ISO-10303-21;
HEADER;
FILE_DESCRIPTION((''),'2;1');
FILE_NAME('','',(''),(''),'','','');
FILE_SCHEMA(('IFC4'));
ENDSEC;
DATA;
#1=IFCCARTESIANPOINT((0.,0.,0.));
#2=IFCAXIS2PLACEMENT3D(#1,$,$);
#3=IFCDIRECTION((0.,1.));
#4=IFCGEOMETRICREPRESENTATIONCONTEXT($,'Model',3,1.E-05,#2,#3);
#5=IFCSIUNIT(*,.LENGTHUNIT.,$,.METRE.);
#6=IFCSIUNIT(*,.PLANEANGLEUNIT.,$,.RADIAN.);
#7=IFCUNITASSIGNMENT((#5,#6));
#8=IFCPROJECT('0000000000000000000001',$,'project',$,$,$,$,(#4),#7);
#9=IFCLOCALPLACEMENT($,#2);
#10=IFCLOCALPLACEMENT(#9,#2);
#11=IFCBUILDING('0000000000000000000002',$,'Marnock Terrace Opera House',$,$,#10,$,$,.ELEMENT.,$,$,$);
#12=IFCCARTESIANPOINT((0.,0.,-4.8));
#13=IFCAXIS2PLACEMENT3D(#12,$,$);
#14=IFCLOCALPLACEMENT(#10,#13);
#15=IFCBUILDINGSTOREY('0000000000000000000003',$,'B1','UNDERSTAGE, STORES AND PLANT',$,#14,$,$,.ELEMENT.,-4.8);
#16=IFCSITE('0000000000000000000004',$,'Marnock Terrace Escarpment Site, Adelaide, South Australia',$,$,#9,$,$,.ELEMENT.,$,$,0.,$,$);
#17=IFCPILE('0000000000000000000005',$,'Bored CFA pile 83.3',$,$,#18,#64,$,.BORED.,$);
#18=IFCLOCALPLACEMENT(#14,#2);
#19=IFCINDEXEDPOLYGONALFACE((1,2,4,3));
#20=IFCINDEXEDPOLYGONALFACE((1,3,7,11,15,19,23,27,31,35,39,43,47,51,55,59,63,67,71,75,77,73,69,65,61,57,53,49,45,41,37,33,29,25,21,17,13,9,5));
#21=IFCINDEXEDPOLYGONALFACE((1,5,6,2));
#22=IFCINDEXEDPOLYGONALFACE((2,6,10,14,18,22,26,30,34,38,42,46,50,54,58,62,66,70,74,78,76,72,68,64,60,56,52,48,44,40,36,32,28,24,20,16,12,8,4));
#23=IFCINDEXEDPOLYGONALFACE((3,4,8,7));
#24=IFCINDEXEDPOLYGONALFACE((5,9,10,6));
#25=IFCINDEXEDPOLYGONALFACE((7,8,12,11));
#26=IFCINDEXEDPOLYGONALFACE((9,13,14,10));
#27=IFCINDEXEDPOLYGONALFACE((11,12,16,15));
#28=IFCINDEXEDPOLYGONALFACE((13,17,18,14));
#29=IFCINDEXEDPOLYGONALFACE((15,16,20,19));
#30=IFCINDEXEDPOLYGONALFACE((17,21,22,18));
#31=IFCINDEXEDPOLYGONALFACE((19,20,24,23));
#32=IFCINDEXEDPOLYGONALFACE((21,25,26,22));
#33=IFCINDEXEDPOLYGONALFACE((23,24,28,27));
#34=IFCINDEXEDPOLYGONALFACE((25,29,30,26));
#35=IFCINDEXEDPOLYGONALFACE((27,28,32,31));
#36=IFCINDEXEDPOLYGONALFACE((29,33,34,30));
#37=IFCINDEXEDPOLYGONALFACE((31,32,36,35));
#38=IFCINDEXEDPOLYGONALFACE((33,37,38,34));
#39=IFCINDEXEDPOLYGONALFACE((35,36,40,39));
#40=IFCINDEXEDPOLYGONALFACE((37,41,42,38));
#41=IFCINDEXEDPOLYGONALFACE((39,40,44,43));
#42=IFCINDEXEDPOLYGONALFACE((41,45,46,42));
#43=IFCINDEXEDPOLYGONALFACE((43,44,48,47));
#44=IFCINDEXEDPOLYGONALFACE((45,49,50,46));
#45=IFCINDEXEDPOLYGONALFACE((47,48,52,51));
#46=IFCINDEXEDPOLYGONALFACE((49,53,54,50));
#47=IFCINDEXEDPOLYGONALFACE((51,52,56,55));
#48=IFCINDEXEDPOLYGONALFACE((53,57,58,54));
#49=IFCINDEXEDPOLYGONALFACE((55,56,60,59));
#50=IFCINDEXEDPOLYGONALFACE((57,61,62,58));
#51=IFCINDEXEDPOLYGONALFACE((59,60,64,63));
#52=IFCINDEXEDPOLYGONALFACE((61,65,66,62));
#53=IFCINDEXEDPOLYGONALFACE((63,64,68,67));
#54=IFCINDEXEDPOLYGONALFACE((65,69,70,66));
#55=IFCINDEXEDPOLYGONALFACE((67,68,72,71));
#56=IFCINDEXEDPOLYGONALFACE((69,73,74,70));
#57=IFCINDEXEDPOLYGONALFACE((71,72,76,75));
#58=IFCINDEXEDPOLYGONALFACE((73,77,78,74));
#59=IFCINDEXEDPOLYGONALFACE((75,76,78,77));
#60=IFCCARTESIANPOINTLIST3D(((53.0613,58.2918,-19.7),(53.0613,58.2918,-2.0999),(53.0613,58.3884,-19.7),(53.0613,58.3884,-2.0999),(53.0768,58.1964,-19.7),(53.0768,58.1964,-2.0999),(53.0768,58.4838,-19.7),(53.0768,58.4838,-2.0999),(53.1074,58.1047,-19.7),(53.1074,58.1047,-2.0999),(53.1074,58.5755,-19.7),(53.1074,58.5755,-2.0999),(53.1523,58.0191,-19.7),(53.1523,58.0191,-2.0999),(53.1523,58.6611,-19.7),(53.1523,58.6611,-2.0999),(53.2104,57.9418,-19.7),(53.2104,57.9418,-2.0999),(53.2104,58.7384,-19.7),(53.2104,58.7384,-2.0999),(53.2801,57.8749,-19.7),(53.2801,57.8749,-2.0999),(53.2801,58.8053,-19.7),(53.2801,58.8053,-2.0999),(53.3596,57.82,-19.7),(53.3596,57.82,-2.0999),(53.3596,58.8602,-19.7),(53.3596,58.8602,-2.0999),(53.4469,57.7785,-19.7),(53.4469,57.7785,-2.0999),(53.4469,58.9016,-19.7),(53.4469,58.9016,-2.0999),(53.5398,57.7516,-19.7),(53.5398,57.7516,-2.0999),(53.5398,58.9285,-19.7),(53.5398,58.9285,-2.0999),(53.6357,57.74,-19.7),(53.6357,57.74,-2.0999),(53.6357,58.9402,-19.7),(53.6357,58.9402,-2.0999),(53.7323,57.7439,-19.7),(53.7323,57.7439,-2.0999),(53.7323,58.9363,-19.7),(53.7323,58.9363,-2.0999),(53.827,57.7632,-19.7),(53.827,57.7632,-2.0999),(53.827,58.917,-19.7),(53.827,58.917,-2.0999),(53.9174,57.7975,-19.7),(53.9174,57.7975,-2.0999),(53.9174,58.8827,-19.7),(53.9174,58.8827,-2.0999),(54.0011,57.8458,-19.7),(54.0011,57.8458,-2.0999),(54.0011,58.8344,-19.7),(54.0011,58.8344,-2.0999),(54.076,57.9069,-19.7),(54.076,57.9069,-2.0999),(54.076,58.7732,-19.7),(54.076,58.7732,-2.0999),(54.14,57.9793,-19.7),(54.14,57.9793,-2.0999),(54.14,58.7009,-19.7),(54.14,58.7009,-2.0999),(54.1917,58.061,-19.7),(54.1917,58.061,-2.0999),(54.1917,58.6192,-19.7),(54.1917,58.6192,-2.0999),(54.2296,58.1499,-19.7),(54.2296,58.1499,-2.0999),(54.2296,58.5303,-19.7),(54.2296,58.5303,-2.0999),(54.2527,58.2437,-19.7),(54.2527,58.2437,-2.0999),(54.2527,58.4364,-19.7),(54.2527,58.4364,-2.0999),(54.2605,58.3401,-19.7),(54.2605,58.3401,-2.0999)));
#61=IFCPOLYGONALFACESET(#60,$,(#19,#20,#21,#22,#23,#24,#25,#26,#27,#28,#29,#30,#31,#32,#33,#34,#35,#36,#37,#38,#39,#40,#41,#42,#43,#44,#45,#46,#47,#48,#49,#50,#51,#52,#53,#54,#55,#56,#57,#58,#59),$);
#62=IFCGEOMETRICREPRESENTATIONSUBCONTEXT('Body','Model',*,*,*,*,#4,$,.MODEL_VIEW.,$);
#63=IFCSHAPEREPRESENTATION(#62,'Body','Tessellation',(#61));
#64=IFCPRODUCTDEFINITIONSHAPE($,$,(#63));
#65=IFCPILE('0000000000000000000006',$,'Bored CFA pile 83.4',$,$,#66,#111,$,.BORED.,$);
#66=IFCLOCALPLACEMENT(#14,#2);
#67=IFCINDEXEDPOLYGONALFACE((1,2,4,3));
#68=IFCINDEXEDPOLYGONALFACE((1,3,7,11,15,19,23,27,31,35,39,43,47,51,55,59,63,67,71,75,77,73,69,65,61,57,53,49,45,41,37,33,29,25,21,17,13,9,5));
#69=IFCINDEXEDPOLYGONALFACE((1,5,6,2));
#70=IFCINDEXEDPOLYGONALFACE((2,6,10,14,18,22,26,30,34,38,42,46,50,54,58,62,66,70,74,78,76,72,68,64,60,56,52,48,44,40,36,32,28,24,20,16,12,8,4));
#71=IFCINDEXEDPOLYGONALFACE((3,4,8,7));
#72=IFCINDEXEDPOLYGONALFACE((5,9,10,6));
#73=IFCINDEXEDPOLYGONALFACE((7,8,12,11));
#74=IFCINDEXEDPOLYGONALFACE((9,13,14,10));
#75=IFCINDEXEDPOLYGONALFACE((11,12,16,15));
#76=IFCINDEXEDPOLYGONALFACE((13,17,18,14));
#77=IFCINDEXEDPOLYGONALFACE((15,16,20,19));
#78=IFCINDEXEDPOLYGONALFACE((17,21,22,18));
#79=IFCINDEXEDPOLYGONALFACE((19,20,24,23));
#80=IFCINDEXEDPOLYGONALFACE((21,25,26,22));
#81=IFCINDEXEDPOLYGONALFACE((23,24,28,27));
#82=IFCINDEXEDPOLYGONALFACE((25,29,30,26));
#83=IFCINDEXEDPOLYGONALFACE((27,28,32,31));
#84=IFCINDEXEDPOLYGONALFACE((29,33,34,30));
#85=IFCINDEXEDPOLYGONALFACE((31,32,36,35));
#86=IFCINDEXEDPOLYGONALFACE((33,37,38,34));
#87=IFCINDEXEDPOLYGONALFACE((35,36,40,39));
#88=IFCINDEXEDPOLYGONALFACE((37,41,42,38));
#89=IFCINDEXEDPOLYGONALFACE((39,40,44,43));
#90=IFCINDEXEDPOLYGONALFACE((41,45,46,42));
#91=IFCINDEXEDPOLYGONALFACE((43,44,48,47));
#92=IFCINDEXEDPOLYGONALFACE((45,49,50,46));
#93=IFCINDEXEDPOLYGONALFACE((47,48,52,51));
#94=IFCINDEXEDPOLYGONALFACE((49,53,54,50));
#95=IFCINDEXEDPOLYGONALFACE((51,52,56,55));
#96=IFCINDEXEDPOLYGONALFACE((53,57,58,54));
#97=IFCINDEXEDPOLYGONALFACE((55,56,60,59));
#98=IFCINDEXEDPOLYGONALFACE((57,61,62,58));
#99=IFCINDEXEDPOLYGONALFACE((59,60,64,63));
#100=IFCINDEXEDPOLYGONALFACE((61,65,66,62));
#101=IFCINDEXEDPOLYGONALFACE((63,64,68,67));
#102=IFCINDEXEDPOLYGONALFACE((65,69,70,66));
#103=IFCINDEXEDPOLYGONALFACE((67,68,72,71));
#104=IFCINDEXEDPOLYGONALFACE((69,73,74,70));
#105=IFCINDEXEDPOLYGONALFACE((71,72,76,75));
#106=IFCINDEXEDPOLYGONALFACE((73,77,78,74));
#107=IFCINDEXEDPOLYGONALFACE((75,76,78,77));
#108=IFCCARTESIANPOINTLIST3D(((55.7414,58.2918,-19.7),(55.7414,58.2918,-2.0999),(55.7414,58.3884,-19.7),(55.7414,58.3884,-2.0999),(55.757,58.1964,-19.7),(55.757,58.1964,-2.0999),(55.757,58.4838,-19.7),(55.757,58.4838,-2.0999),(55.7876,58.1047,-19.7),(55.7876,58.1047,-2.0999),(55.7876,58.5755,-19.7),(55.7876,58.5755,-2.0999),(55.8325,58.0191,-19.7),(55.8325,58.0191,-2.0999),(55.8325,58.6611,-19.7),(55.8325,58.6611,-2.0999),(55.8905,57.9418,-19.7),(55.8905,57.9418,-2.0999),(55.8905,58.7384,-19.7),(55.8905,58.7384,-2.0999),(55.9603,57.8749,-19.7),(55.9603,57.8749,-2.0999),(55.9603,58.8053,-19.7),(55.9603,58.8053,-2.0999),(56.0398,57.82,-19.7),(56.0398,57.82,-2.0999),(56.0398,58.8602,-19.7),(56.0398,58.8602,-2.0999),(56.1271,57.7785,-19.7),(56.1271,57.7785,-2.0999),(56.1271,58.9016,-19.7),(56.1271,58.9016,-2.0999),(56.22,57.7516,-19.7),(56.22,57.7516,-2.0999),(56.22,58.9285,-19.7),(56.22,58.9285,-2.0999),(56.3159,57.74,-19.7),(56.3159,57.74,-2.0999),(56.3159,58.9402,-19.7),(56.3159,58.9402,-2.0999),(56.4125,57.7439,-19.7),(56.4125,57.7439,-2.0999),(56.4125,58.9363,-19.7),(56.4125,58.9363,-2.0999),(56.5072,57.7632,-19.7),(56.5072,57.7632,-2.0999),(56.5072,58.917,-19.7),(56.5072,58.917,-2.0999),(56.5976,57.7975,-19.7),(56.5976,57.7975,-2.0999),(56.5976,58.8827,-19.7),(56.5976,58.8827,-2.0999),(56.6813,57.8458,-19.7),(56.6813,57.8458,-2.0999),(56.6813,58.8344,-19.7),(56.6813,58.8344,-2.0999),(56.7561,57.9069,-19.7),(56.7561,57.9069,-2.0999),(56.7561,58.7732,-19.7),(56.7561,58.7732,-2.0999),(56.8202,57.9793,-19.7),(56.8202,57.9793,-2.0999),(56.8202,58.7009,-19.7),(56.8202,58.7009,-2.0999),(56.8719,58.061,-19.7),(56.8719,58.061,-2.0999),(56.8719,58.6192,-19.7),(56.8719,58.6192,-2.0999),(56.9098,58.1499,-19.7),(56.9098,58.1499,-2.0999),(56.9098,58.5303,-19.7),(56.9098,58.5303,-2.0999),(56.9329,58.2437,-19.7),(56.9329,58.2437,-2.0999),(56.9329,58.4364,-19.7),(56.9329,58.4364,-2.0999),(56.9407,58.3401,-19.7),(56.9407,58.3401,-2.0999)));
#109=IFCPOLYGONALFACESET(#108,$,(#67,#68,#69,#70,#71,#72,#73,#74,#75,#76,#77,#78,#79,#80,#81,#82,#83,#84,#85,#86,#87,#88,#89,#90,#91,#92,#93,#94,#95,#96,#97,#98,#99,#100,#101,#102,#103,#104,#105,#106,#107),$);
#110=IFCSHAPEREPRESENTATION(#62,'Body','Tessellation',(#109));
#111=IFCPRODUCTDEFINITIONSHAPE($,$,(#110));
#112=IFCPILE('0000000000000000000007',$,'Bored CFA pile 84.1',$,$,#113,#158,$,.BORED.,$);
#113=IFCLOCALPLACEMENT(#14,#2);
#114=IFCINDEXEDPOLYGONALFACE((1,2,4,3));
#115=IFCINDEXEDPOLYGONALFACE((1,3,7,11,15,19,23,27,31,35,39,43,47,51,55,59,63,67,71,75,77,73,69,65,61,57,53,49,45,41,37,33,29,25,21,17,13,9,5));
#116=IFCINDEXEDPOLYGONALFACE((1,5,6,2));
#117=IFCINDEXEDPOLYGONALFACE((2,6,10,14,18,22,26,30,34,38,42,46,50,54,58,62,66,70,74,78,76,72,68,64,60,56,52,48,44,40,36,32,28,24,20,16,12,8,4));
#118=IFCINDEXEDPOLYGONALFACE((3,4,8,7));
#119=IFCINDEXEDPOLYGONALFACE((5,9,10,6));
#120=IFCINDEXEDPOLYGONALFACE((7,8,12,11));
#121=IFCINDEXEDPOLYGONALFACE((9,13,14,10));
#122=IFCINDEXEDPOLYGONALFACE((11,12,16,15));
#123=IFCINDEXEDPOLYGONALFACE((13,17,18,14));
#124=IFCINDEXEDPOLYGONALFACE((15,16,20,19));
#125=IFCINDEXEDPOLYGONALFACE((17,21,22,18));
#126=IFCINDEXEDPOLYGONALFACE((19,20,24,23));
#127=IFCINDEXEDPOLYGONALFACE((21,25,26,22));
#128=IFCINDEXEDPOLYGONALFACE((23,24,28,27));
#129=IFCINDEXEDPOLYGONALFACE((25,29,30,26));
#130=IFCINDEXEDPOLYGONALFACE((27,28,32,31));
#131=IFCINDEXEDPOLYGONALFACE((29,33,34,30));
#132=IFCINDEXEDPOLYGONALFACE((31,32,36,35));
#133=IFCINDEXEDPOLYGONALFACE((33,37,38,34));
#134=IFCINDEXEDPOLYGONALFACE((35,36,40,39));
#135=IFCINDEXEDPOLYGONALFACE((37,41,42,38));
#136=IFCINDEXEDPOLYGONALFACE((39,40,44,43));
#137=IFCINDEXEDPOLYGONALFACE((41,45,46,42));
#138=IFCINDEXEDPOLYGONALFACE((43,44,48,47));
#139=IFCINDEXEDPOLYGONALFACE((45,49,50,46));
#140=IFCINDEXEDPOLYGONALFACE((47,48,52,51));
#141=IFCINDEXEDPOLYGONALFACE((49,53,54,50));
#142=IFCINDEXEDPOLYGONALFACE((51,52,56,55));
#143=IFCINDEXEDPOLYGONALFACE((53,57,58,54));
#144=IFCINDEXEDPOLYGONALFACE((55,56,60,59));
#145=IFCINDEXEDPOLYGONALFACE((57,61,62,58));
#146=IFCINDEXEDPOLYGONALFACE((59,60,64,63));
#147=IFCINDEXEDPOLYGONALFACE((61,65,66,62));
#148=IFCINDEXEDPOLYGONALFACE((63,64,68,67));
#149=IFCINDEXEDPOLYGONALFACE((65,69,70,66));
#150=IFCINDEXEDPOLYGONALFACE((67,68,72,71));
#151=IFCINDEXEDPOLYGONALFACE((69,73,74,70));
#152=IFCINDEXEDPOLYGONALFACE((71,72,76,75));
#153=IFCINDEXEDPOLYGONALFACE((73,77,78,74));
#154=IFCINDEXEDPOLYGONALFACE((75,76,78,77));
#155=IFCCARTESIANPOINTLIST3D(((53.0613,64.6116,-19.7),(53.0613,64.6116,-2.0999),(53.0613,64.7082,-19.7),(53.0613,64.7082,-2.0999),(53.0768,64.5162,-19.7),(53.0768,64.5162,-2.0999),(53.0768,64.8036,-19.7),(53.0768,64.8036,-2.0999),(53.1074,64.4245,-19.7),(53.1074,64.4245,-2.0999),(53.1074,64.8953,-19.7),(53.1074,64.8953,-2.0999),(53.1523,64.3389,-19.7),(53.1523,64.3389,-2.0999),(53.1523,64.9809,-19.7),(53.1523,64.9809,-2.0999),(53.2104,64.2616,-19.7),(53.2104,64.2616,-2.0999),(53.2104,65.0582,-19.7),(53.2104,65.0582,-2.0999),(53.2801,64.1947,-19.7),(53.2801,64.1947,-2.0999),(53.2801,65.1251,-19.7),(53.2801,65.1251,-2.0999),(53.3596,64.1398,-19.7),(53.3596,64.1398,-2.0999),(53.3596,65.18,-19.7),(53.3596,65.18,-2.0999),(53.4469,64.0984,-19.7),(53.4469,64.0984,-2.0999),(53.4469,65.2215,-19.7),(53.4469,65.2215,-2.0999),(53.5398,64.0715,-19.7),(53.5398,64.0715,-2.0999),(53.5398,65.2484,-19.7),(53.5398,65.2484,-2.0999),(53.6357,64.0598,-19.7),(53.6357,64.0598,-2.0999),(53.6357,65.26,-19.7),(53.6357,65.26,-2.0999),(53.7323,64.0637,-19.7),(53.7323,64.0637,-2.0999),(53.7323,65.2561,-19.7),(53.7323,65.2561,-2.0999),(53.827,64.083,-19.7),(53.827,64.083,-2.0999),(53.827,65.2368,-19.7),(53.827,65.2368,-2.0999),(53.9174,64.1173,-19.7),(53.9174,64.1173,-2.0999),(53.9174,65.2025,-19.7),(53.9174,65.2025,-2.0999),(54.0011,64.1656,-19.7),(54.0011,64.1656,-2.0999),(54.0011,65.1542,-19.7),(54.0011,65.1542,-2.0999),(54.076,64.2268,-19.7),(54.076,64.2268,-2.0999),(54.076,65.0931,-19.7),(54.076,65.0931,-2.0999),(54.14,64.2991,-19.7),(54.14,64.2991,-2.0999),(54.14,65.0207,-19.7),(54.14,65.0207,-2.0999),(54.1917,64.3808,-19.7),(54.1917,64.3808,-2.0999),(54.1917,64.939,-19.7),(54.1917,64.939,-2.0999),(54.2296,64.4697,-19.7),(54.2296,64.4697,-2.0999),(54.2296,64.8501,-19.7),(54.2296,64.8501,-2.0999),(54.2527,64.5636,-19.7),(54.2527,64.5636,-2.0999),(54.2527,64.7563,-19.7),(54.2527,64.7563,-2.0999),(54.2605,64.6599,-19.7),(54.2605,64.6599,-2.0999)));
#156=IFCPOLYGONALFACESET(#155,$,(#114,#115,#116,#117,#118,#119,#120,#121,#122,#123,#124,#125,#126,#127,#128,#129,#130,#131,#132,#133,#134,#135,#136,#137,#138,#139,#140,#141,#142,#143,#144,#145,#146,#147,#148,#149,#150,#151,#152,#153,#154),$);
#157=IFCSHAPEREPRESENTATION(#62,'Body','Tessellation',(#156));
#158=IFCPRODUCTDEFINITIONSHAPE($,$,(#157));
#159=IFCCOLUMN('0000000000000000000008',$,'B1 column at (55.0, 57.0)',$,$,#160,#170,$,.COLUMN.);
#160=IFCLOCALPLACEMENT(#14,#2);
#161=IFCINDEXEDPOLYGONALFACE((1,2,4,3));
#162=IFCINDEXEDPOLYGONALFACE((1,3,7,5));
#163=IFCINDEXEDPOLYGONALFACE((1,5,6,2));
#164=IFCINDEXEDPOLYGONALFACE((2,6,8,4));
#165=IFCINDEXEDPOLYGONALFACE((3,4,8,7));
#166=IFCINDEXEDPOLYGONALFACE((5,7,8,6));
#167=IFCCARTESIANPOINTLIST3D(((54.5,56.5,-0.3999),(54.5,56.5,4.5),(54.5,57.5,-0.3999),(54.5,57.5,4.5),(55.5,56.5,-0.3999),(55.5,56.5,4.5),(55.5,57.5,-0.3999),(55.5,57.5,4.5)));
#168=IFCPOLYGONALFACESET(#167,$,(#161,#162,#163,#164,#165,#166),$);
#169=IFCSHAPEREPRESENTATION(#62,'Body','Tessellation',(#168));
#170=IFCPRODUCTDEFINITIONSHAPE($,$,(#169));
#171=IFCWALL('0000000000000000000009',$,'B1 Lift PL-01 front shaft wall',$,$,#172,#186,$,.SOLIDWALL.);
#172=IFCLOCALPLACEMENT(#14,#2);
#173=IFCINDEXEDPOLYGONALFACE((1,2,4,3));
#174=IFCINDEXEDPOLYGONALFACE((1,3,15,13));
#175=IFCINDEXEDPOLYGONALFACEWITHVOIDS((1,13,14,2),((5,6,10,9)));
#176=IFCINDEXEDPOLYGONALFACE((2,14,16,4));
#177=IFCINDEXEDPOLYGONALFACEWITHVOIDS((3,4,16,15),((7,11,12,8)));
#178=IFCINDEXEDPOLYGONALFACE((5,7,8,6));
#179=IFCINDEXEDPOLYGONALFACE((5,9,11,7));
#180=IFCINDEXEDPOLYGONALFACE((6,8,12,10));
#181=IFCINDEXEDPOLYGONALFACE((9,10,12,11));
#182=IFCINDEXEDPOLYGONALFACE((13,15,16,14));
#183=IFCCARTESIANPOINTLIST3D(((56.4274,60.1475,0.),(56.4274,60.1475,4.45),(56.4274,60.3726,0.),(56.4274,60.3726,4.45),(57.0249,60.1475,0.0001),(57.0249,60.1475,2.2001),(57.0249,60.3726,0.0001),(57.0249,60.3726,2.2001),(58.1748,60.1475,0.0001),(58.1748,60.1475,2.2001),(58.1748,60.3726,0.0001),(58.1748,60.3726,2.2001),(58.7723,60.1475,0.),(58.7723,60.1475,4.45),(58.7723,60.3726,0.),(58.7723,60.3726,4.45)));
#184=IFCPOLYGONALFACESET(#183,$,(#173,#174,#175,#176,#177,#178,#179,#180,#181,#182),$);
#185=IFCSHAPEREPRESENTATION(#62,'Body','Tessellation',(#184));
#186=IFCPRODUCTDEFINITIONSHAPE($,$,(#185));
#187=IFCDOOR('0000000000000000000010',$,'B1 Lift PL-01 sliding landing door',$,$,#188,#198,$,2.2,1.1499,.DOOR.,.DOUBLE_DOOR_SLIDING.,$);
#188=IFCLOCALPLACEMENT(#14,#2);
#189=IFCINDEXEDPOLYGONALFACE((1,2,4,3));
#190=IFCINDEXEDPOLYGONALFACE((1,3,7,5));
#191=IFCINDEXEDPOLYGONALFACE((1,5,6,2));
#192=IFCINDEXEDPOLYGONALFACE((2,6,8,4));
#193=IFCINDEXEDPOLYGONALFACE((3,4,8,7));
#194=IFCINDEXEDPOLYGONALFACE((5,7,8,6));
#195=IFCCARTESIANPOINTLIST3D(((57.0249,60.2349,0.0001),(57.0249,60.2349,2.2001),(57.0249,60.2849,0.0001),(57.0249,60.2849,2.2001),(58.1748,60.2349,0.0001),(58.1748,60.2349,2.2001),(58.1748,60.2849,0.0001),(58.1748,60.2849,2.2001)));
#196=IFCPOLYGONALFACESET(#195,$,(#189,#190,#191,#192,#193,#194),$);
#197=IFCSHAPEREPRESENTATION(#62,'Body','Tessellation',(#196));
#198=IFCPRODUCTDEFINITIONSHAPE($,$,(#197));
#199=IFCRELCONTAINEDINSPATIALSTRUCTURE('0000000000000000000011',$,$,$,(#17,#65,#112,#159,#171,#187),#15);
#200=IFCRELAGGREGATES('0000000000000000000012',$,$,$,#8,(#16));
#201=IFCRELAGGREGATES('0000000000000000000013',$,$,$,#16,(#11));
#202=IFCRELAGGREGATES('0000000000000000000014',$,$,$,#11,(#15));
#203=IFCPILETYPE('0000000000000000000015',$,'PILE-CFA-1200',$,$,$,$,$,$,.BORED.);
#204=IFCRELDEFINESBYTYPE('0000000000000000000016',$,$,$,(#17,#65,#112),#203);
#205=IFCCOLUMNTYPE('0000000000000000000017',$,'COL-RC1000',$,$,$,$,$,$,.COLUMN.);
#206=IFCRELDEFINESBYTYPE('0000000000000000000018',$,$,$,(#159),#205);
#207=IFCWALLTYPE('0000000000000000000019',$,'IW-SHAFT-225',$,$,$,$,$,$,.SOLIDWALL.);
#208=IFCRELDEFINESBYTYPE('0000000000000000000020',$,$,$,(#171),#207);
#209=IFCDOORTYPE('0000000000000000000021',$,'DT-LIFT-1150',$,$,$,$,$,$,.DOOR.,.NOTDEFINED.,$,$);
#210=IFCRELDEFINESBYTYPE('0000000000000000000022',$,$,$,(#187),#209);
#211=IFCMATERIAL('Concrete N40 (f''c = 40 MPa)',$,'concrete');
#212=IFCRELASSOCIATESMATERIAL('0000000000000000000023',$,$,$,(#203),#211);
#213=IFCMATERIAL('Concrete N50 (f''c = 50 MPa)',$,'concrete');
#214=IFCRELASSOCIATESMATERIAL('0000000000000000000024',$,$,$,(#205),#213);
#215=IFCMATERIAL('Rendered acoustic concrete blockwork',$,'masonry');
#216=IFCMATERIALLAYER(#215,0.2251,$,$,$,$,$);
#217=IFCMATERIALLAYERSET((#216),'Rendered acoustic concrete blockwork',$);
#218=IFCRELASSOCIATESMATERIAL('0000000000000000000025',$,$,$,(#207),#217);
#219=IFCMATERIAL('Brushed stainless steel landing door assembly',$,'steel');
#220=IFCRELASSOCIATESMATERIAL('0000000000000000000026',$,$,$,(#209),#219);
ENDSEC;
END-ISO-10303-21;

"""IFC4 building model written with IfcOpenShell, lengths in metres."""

from ifc_helpers import new_model, si_unit, direction, frame, frame_2d, origin, origin_2d, place, context, subcontext, project, spatial, rectangle, circle, extrude, material, layer, layer_set, material_profile, profile_set, type_object, element, fill, save


model = new_model("IFC4")

# Units and contexts
model_context = context("Model", 3, precision=1e-05, world=origin(), true_north=direction((0.0, 1.0)))
body_context = subcontext(model_context, "Body", "Model", "MODEL_VIEW")
ifc_project = project(units=[si_unit("LENGTHUNIT", "METRE"), si_unit("PLANEANGLEUNIT", "RADIAN")], contexts=[model_context])

# Site, building, storey
site_placement = place(None, origin())
site = spatial("IfcSite", under=ifc_project, at=site_placement, Name="Marnock Terrace Escarpment Site, Adelaide, South Australia", CompositionType="ELEMENT", RefElevation=0.0)
building_placement = place(site_placement, origin())
building = spatial("IfcBuilding", under=site, at=building_placement, Name="Marnock Terrace Opera House", CompositionType="ELEMENT")
storey_placement = place(building_placement, frame((0.0, 0.0, -4.8)))
storey = spatial("IfcBuildingStorey", under=building, at=storey_placement, Name="B1", Description="UNDERSTAGE, STORES AND PLANT", CompositionType="ELEMENT", Elevation=-4.8)

# Shared definitions
ifc_material_1 = material(Name="Concrete N40 (f'c = 40 MPa)", Category="concrete")

# Piles
ifc_material_profile_1 = material_profile(ifc_material_1, circle(Radius=0.6006, at=origin_2d()))
ifc_profile_set_1 = profile_set([ifc_material_profile_1], Name="Concrete N40 (f'c = 40 MPa)")
pile_type = type_object("IfcPileType", Name="PILE-CFA-1200", PredefinedType="BORED", material=ifc_profile_set_1)
for number, where, z_axis, x_axis, name in (
    (1, (53.6599, 58.3401, -2.0999), (0.0, 0.0, -1.0), (1.0, 0.0, 0.0), "Bored CFA pile 83.3"),
    (2, (56.3401, 58.3401, -2.0999), (0.0, 0.0, -1.0), (1.0, 0.0, 0.0), "Bored CFA pile 83.4"),
    (3, (53.6599, 64.6599, -2.0999), (0.0, 0.0, -1.0), (1.0, 0.0, 0.0), "Bored CFA pile 84.1"),
):
    element("IfcPile", number, at=place(storey_placement, frame(where, z_axis=z_axis, x_axis=x_axis)), inside=storey, type_object=pile_type, Name=name, PredefinedType="BORED", context=body_context, shape_type="SweptSolid", body=[
        extrude(circle(Radius=0.6006, at=origin_2d()), origin(), (0.0, 0.0, 1.0), 17.6001),
    ])

# Column
ifc_material_2 = material(Name="Concrete N50 (f'c = 50 MPa)", Category="concrete")
ifc_material_profile_2 = material_profile(ifc_material_2, rectangle(XDim=1.0, YDim=1.0, at=origin_2d()))
ifc_profile_set_2 = profile_set([ifc_material_profile_2], Name="Concrete N50 (f'c = 50 MPa)")
column_type = type_object("IfcColumnType", Name="COL-RC1000", PredefinedType="COLUMN", material=ifc_profile_set_2)
column_placement = place(storey_placement, frame((55.0, 57.0, -0.3999), z_axis=(0.0, 0.0, 1.0), x_axis=(1.0, 0.0, 0.0)))
element("IfcColumn", 4, at=column_placement, inside=storey, type_object=column_type, Name="B1 column at (55.0, 57.0)", PredefinedType="COLUMN", context=body_context, shape_type="SweptSolid", body=[
    extrude(rectangle(XDim=1.0, YDim=1.0, at=origin_2d()), origin(), (0.0, 0.0, 1.0), 4.8999),
])

# Wall, opening, door
ifc_material_3 = material(Name="Rendered acoustic concrete blockwork", Category="masonry")
ifc_layer_1 = layer(ifc_material_3, 0.2251)
ifc_layer_set_1 = layer_set([ifc_layer_1], Name="Rendered acoustic concrete blockwork")
wall_type_1 = type_object("IfcWallType", Name="IW-SHAFT-225", PredefinedType="SOLIDWALL", material=ifc_layer_set_1)
wall_1_placement = place(storey_placement, frame((56.4275, 60.26, 0.0), z_axis=(0.0, 0.0, 1.0), x_axis=(1.0, 0.0, 0.0)))
wall_1 = element("IfcWall", 5, at=wall_1_placement, inside=storey, type_object=wall_type_1, Name="B1 Lift PL-01 front shaft wall", PredefinedType="SOLIDWALL", context=body_context, shape_type="SweptSolid", body=[
    extrude(rectangle(XDim=2.345, YDim=0.2251, at=frame_2d((1.1724, 0.0))), origin(), (0.0, 0.0, 1.0), 4.45),
])
opening_1_placement = place(wall_1_placement, frame((0.5974, 0.0, 0.0)))
opening_1 = element("IfcOpeningElement", 6, at=opening_1_placement, cuts=wall_1, PredefinedType="OPENING", context=body_context, shape_type="SweptSolid", body=[
    extrude(rectangle(XDim=1.1499, YDim=2.2, at=frame_2d((0.575, 1.1001))), frame((0.0, 0.1226, 0.0), z_axis=(0.0, -1.0, 0.0), x_axis=(1.0, 0.0, 0.0)), (0.0, 0.0, 1.0), 0.2451),
])
ifc_material_4 = material(Name="Brushed stainless steel landing door assembly", Category="steel")
door_type = type_object("IfcDoorType", Name="DT-LIFT-1150", OperationType="NOTDEFINED", PredefinedType="DOOR", material=ifc_material_4)
door_1_placement = place(opening_1_placement, origin())
door_1 = element("IfcDoor", 7, at=door_1_placement, inside=storey, type_object=door_type, Name="B1 Lift PL-01 sliding landing door", OperationType="DOUBLE_DOOR_SLIDING", OverallHeight=2.2, OverallWidth=1.1499, PredefinedType="DOOR", context=body_context, shape_type="SweptSolid", body=[
    extrude(rectangle(XDim=1.1499, YDim=2.2, at=frame_2d((0.575, 1.1001))), frame((0.0, 0.0249, 0.0), z_axis=(0.0, -1.0, 0.0), x_axis=(1.0, 0.0, 0.0)), (0.0, 0.0, 1.0), 0.05),
])
fill(opening_1, door_1)

save(model, "model.ifc")
